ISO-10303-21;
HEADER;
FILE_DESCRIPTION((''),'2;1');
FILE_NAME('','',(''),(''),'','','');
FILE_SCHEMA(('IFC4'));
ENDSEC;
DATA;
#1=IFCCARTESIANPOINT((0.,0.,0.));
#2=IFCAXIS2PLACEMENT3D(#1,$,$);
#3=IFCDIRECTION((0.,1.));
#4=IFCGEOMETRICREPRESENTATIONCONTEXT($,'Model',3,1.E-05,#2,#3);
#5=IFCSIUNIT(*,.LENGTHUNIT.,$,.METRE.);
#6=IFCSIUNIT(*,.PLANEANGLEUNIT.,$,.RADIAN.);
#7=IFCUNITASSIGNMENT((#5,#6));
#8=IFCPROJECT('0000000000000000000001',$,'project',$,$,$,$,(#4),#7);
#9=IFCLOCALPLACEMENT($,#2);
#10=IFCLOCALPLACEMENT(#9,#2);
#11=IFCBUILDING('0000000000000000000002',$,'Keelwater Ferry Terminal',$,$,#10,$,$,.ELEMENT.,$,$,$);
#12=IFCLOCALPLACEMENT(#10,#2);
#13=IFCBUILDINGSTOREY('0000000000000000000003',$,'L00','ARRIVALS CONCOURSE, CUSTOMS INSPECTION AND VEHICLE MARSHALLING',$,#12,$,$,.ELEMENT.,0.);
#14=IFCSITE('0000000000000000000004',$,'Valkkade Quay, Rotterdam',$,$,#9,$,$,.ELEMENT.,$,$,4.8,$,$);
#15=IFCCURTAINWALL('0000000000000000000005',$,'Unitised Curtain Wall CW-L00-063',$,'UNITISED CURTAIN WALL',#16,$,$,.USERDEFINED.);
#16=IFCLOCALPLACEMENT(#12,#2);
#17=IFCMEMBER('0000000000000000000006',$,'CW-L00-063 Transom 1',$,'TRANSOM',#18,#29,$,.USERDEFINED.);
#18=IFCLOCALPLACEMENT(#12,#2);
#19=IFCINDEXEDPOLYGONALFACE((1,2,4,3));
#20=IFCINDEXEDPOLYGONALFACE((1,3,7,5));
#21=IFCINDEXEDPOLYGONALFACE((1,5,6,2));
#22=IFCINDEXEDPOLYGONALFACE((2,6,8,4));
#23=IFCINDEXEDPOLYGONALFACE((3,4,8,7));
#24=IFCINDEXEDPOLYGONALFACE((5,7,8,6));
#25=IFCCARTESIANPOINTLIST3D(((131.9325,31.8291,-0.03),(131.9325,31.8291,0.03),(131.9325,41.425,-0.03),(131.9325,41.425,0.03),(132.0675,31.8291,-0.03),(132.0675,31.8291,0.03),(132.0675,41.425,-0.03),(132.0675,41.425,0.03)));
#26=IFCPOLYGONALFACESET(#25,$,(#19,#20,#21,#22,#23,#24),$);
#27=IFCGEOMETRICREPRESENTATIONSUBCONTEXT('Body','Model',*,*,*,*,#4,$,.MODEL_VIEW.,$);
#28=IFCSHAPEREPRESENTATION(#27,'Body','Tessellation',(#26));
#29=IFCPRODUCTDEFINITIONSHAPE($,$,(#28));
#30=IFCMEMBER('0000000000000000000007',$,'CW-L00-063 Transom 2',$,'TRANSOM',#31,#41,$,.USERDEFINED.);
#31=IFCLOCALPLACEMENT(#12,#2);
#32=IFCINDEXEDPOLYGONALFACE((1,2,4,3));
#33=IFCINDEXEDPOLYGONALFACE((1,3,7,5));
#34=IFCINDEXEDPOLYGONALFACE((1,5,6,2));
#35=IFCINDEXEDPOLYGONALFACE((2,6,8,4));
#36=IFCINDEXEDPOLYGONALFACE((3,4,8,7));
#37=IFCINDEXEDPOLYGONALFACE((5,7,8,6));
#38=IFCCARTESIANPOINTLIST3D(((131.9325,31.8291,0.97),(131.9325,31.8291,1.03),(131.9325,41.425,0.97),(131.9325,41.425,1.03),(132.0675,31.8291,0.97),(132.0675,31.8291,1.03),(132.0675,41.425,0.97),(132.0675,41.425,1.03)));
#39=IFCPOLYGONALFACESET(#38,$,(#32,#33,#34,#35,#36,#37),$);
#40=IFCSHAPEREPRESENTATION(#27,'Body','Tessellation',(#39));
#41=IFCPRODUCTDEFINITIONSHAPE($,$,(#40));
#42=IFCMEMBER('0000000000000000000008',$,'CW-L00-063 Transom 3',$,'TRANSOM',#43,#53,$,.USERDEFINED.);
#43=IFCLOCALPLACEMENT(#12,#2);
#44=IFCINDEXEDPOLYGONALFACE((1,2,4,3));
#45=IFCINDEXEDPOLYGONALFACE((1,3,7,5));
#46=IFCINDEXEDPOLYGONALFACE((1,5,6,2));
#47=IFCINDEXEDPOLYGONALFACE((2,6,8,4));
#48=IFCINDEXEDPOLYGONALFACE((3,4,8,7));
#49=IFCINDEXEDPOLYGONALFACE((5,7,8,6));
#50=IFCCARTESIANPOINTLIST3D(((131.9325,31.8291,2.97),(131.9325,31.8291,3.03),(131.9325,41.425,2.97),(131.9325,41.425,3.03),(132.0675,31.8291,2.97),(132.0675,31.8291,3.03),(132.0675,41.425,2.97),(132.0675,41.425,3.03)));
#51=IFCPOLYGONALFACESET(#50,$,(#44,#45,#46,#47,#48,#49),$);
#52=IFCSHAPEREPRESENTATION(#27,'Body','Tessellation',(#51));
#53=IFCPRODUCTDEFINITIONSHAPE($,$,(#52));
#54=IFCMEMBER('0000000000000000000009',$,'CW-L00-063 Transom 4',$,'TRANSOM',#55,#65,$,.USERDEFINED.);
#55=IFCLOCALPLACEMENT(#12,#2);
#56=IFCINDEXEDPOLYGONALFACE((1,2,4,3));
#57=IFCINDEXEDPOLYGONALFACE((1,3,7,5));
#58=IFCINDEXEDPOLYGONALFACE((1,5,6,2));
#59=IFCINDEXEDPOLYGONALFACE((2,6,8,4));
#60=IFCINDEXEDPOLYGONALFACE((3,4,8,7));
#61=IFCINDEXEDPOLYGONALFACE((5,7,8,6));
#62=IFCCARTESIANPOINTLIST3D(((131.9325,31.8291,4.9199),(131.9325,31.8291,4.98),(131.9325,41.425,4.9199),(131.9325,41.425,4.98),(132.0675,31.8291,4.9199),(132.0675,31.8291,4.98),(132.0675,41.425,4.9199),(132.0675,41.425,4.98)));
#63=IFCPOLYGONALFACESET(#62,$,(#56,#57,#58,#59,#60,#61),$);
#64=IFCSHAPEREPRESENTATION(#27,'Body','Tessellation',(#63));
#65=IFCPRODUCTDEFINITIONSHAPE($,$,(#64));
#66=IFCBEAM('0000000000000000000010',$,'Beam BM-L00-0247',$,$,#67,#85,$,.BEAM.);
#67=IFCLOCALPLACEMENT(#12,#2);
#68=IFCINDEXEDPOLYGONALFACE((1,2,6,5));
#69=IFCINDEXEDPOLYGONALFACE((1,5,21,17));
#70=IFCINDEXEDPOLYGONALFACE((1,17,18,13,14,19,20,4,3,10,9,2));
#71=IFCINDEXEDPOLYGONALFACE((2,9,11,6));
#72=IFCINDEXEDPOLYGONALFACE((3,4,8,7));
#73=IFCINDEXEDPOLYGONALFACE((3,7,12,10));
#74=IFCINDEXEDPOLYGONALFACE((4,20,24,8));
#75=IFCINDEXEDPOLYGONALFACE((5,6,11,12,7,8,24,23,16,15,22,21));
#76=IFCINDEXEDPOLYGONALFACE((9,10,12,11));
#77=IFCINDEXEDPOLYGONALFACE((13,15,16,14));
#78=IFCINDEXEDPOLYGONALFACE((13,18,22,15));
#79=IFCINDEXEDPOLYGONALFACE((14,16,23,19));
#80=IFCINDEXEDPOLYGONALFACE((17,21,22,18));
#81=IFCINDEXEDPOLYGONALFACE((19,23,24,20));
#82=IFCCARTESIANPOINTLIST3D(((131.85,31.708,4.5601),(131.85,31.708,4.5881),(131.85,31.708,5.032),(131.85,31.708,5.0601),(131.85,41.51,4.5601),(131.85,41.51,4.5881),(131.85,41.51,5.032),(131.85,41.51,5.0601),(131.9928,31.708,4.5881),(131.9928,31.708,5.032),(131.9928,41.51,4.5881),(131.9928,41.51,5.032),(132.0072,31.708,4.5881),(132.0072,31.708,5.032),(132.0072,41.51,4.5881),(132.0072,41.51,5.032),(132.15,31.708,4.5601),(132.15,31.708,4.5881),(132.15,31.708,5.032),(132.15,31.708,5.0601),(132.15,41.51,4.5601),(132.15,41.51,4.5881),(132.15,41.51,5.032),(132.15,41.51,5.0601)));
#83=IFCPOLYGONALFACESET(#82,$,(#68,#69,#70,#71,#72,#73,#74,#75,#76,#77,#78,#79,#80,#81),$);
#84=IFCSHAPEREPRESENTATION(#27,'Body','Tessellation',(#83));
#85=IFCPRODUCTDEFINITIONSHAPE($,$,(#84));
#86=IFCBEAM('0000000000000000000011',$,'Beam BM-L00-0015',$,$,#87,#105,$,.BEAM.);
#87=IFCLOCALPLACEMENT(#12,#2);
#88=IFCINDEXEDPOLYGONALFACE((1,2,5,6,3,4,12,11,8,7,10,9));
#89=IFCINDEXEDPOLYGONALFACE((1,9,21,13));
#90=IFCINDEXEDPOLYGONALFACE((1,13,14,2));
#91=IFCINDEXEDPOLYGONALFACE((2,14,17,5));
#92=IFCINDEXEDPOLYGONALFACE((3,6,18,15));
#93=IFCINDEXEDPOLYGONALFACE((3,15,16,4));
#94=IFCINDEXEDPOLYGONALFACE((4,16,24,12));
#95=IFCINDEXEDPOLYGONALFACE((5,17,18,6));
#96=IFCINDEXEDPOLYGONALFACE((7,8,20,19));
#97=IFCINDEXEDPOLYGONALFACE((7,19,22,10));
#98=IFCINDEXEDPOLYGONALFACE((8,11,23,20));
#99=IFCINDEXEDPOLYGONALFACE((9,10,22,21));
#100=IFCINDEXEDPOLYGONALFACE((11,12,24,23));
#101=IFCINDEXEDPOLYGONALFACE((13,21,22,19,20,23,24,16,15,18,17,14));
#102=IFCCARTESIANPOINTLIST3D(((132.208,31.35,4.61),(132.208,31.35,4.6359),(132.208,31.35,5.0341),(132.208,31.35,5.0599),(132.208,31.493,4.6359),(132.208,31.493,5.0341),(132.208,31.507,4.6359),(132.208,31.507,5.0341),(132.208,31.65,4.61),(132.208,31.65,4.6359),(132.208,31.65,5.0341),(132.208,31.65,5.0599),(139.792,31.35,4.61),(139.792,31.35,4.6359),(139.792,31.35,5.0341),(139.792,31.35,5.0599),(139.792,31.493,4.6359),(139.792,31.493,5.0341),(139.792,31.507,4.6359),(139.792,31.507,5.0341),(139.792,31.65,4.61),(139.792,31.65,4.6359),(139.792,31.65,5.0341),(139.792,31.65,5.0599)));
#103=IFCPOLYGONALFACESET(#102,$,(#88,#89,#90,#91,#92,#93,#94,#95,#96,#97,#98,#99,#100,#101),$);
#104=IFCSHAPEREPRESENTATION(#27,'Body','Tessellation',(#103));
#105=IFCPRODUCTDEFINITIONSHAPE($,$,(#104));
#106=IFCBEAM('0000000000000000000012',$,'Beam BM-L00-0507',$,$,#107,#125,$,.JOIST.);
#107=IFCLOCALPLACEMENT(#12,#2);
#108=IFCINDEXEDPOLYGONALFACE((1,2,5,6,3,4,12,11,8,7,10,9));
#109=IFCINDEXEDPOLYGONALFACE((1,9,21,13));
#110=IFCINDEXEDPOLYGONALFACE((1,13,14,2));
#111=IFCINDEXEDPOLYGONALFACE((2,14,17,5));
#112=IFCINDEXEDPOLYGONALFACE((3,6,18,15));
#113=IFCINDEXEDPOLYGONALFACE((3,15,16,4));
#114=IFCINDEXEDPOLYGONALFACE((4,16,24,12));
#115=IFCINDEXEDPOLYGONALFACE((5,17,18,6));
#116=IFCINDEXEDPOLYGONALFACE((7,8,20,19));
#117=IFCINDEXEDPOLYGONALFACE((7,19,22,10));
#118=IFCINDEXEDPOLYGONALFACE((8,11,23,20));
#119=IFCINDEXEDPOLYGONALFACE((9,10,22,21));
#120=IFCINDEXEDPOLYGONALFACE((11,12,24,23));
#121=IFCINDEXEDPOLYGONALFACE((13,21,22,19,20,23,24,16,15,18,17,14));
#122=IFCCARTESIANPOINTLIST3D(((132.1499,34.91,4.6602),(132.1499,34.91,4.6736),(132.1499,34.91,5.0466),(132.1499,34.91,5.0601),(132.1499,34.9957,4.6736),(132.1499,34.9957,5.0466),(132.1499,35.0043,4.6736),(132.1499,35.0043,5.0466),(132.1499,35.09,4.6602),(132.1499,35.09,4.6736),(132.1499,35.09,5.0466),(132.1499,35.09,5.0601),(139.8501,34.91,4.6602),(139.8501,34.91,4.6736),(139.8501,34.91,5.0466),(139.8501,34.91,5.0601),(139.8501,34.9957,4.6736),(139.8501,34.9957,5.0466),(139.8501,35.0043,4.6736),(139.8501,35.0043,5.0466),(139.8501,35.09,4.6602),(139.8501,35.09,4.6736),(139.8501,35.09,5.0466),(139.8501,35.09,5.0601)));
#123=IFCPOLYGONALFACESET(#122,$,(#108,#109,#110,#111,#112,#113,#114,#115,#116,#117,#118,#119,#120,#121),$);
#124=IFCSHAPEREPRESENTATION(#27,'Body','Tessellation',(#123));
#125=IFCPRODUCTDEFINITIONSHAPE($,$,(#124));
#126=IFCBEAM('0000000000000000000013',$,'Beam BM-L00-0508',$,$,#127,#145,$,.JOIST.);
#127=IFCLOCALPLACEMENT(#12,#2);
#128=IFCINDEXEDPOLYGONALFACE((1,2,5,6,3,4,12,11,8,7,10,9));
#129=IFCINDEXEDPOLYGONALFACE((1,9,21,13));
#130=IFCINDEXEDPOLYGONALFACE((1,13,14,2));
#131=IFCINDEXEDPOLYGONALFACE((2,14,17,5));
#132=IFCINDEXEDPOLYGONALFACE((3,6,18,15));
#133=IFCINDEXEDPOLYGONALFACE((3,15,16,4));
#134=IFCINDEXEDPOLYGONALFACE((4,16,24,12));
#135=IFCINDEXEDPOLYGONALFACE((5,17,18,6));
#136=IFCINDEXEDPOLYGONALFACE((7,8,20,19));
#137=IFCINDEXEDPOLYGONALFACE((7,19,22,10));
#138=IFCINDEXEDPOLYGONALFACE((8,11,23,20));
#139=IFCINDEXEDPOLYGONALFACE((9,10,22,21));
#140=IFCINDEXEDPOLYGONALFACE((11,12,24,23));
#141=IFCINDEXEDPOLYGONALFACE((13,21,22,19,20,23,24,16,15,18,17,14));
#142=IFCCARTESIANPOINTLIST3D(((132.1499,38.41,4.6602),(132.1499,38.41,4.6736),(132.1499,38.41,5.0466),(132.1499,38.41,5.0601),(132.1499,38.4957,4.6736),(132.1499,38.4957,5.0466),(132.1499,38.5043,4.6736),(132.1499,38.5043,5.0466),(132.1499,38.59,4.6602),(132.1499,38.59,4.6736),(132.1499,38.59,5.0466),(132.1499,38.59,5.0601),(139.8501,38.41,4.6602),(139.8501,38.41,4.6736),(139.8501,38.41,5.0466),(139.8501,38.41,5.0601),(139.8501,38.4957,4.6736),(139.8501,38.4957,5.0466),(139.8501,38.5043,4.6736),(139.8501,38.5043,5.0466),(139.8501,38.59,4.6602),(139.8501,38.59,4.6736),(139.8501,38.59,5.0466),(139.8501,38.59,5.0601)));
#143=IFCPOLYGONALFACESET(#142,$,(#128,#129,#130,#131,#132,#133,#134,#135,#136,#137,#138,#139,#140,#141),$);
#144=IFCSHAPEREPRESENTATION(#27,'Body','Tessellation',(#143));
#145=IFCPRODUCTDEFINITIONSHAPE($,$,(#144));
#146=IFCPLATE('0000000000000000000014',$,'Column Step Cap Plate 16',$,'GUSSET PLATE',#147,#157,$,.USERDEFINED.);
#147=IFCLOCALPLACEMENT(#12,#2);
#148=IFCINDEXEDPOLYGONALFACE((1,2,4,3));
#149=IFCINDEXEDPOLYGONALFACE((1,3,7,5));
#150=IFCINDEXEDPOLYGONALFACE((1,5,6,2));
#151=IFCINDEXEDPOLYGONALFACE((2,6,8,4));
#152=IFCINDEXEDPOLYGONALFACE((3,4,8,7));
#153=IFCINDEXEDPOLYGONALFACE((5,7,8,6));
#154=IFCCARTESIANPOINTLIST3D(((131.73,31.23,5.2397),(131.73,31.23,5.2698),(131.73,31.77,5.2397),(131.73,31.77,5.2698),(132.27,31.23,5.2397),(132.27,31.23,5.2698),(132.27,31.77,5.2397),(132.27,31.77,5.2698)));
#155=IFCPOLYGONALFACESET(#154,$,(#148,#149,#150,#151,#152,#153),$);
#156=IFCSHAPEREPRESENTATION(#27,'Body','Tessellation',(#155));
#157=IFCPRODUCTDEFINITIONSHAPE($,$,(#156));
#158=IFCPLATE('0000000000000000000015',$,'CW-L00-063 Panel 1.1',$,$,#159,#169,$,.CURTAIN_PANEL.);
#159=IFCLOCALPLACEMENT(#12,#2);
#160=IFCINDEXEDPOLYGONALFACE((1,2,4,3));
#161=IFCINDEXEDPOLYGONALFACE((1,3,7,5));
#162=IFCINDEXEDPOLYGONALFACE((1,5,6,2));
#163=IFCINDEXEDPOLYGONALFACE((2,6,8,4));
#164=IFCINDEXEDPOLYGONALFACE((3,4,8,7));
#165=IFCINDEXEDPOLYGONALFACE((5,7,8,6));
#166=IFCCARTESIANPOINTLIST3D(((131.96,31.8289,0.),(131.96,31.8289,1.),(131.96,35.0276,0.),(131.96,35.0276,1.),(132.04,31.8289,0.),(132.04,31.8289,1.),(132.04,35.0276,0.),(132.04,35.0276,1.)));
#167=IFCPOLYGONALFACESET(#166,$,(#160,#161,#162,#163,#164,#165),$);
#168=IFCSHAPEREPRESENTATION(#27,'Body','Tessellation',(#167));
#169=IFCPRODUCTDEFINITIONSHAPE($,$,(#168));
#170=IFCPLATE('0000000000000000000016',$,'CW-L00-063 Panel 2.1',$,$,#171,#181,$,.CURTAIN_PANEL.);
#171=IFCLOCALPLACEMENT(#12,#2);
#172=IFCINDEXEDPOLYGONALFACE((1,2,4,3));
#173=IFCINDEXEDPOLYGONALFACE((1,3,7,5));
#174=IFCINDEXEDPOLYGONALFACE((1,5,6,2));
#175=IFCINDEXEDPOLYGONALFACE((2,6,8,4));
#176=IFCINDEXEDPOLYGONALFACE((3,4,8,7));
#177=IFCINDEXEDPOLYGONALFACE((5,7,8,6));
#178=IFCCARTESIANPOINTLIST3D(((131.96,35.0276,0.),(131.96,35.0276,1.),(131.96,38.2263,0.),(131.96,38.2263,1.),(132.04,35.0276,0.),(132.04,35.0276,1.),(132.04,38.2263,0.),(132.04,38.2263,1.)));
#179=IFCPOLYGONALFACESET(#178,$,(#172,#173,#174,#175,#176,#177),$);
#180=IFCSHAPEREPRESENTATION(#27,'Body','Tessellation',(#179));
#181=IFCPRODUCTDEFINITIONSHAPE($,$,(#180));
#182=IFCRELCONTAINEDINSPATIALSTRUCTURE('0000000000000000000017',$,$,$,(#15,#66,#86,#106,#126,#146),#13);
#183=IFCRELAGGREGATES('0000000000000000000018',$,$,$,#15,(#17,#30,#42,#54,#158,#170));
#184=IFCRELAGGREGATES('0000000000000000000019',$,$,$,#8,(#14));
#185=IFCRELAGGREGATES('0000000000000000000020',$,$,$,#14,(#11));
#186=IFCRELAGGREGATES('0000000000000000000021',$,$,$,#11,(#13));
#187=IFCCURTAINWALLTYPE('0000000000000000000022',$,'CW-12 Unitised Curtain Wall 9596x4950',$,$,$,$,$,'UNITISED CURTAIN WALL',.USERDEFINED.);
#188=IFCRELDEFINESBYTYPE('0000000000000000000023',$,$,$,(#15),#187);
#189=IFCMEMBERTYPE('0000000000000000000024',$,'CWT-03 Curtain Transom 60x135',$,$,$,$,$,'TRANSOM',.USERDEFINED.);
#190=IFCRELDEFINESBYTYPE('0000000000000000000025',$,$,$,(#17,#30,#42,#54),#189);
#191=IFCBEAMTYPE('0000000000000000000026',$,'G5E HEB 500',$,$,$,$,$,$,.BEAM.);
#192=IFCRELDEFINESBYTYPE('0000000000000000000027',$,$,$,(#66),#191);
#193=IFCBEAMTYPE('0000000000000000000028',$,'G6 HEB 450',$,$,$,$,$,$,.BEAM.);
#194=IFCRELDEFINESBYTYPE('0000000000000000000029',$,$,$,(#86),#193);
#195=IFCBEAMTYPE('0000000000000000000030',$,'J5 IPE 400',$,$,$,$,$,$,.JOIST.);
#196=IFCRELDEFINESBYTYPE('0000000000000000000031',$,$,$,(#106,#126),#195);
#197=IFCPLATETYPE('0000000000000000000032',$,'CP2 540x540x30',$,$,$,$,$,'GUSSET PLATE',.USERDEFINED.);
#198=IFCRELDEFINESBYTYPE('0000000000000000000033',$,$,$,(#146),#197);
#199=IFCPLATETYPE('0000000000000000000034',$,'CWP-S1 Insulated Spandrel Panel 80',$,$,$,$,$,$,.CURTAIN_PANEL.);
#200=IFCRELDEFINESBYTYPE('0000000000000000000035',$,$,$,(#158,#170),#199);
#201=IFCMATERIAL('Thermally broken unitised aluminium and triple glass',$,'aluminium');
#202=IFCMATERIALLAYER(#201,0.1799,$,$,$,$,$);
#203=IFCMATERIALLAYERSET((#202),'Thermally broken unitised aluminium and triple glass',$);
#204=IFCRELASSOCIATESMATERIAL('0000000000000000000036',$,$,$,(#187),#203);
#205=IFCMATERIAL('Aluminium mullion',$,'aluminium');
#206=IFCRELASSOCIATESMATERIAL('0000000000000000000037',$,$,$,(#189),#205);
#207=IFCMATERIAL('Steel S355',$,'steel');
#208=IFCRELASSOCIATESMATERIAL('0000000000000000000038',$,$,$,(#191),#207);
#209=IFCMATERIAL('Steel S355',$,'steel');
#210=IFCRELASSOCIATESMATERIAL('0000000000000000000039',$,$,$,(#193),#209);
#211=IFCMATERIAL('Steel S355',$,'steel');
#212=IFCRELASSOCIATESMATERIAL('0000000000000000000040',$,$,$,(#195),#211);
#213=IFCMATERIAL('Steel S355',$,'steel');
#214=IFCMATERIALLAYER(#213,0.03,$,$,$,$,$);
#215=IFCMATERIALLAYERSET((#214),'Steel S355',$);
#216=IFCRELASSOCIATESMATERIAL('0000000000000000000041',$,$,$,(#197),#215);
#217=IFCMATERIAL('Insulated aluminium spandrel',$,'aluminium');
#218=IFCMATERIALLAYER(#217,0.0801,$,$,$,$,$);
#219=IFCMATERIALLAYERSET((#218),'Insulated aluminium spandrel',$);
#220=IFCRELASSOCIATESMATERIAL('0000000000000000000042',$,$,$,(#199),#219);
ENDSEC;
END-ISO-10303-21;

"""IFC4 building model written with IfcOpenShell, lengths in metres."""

from ifc_helpers import new_model, si_unit, direction, frame, origin, origin_2d, place, context, subcontext, project, spatial, rectangle, i_section, extrude, material, layer, layer_set, material_profile, profile_set, type_object, element, aggregate, save


model = new_model("IFC4")

# Units and contexts
model_context = context("Model", 3, precision=1e-05, world=origin(), true_north=direction((0.0, 1.0)))
body_context = subcontext(model_context, "Body", "Model", "MODEL_VIEW")
ifc_project = project(units=[si_unit("LENGTHUNIT", "METRE"), si_unit("PLANEANGLEUNIT", "RADIAN")], contexts=[model_context])

# Site, building, storey
site_placement = place(None, origin())
site = spatial("IfcSite", under=ifc_project, at=site_placement, Name="Valkkade Quay, Rotterdam", CompositionType="ELEMENT", RefElevation=4.8)
building_placement = place(site_placement, origin())
building = spatial("IfcBuilding", under=site, at=building_placement, Name="Keelwater Ferry Terminal", CompositionType="ELEMENT")
storey_placement = place(building_placement, origin())
storey = spatial("IfcBuildingStorey", under=building, at=storey_placement, Name="L00", Description="ARRIVALS CONCOURSE, CUSTOMS INSPECTION AND VEHICLE MARSHALLING", CompositionType="ELEMENT", Elevation=0.0)

# Curtain wall, members
ifc_material_1 = material(Name="Thermally broken unitised aluminium and triple glass", Category="aluminium")
ifc_layer_1 = layer(ifc_material_1, 0.1799)
ifc_layer_set_1 = layer_set([ifc_layer_1], Name="Thermally broken unitised aluminium and triple glass")
curtain_wall_type_1 = type_object("IfcCurtainWallType", Name="CW-12 Unitised Curtain Wall 9596x4950", ElementType="UNITISED CURTAIN WALL", PredefinedType="USERDEFINED", material=ifc_layer_set_1)
curtain_wall_1_placement = place(storey_placement, origin())
curtain_wall_1 = element("IfcCurtainWall", 1, at=curtain_wall_1_placement, inside=storey, type_object=curtain_wall_type_1, Name="Unitised Curtain Wall CW-L00-063", ObjectType="UNITISED CURTAIN WALL", PredefinedType="USERDEFINED")
ifc_material_2 = material(Name="Aluminium mullion", Category="aluminium")
ifc_material_profile_1 = material_profile(ifc_material_2, rectangle(XDim=0.135, YDim=0.0601, at=origin_2d()), Name="CWT-03")
ifc_profile_set_1 = profile_set([ifc_material_profile_1], Name="Aluminium mullion")
member_type_1 = type_object("IfcMemberType", Name="CWT-03 Curtain Transom 60x135", ElementType="TRANSOM", PredefinedType="USERDEFINED", material=ifc_profile_set_1)
member_1_placement = place(storey_placement, frame((132.0, 31.8291, 0.0), z_axis=(0.0, 1.0, 0.0), x_axis=(-1.0, 0.0, 0.0)))
member_1 = element("IfcMember", 2, at=member_1_placement, type_object=member_type_1, Name="CW-L00-063 Transom 1", ObjectType="TRANSOM", PredefinedType="USERDEFINED", context=body_context, shape_type="SweptSolid", body=[
    extrude(rectangle(XDim=0.135, YDim=0.0601, at=origin_2d()), origin(), (0.0, 0.0, 1.0), 9.5959),
])
member_2_placement = place(storey_placement, frame((132.0, 31.8291, 1.0), z_axis=(0.0, 1.0, 0.0), x_axis=(-1.0, 0.0, 0.0)))
member_2 = element("IfcMember", 3, at=member_2_placement, type_object=member_type_1, Name="CW-L00-063 Transom 2", ObjectType="TRANSOM", PredefinedType="USERDEFINED", context=body_context, shape_type="SweptSolid", body=[
    extrude(rectangle(XDim=0.135, YDim=0.0601, at=origin_2d()), origin(), (0.0, 0.0, 1.0), 9.5959),
])
member_3_placement = place(storey_placement, frame((132.0, 31.8291, 3.0), z_axis=(0.0, 1.0, 0.0), x_axis=(-1.0, 0.0, 0.0)))
member_3 = element("IfcMember", 4, at=member_3_placement, type_object=member_type_1, Name="CW-L00-063 Transom 3", ObjectType="TRANSOM", PredefinedType="USERDEFINED", context=body_context, shape_type="SweptSolid", body=[
    extrude(rectangle(XDim=0.135, YDim=0.0601, at=origin_2d()), origin(), (0.0, 0.0, 1.0), 9.5959),
])
member_4_placement = place(storey_placement, frame((132.0, 31.8291, 4.95), z_axis=(0.0, 1.0, 0.0), x_axis=(-1.0, 0.0, 0.0)))
member_4 = element("IfcMember", 5, at=member_4_placement, type_object=member_type_1, Name="CW-L00-063 Transom 4", ObjectType="TRANSOM", PredefinedType="USERDEFINED", context=body_context, shape_type="SweptSolid", body=[
    extrude(rectangle(XDim=0.135, YDim=0.0601, at=origin_2d()), origin(), (0.0, 0.0, 1.0), 9.5959),
])

# Beams
ifc_material_3 = material(Name="Steel S355", Category="steel")
ifc_material_profile_2 = material_profile(ifc_material_3, i_section(OverallWidth=0.3, OverallDepth=0.5, WebThickness=0.0144, FlangeThickness=0.0281, at=origin_2d()), Name="HEB 500")
ifc_profile_set_2 = profile_set([ifc_material_profile_2], Name="Steel S355")
beam_type_1 = type_object("IfcBeamType", Name="G5E HEB 500", PredefinedType="BEAM", material=ifc_profile_set_2)
beam_1_placement = place(storey_placement, frame((132.0, 31.708, 4.8101), z_axis=(0.0, 1.0, 0.0), x_axis=(-1.0, 0.0, 0.0)))
element("IfcBeam", 6, at=beam_1_placement, inside=storey, type_object=beam_type_1, Name="Beam BM-L00-0247", PredefinedType="BEAM", context=body_context, shape_type="SweptSolid", body=[
    extrude(i_section(OverallWidth=0.3, OverallDepth=0.5, WebThickness=0.0144, FlangeThickness=0.0281, at=origin_2d()), origin(), (0.0, 0.0, 1.0), 9.802),
])
ifc_material_4 = material(Name="Steel S355", Category="steel")
ifc_material_profile_3 = material_profile(ifc_material_4, i_section(OverallWidth=0.3, OverallDepth=0.45, WebThickness=0.0139, FlangeThickness=0.0259, at=origin_2d()), Name="HEB 450")
ifc_profile_set_3 = profile_set([ifc_material_profile_3], Name="Steel S355")
beam_type_2 = type_object("IfcBeamType", Name="G6 HEB 450", PredefinedType="BEAM", material=ifc_profile_set_3)
beam_2_placement = place(storey_placement, frame((132.208, 31.5, 4.835), z_axis=(1.0, 0.0, 0.0), x_axis=(0.0, 1.0, 0.0)))
element("IfcBeam", 7, at=beam_2_placement, inside=storey, type_object=beam_type_2, Name="Beam BM-L00-0015", PredefinedType="BEAM", context=body_context, shape_type="SweptSolid", body=[
    extrude(i_section(OverallWidth=0.3, OverallDepth=0.45, WebThickness=0.0139, FlangeThickness=0.0259, at=origin_2d()), origin(), (0.0, 0.0, 1.0), 7.584),
])
ifc_material_5 = material(Name="Steel S355", Category="steel")
ifc_material_profile_4 = material_profile(ifc_material_5, i_section(OverallWidth=0.1799, OverallDepth=0.3999, WebThickness=0.0085, FlangeThickness=0.0134, at=origin_2d()), Name="IPE 400")
ifc_profile_set_4 = profile_set([ifc_material_profile_4], Name="Steel S355")
beam_type_3 = type_object("IfcBeamType", Name="J5 IPE 400", PredefinedType="JOIST", material=ifc_profile_set_4)
for number, where, z_axis, x_axis, name in (
    (8, (132.1499, 35.0, 4.8601), (1.0, 0.0, 0.0), (0.0, 1.0, 0.0), "Beam BM-L00-0507"),
    (9, (132.1499, 38.5, 4.8601), (1.0, 0.0, 0.0), (0.0, 1.0, 0.0), "Beam BM-L00-0508"),
):
    element("IfcBeam", number, at=place(storey_placement, frame(where, z_axis=z_axis, x_axis=x_axis)), inside=storey, type_object=beam_type_3, Name=name, PredefinedType="JOIST", context=body_context, shape_type="SweptSolid", body=[
        extrude(i_section(OverallWidth=0.1799, OverallDepth=0.3999, WebThickness=0.0085, FlangeThickness=0.0134, at=origin_2d()), origin(), (0.0, 0.0, 1.0), 7.7002),
    ])

# Plates
ifc_material_6 = material(Name="Steel S355", Category="steel")
ifc_layer_2 = layer(ifc_material_6, 0.03)
ifc_layer_set_2 = layer_set([ifc_layer_2], Name="Steel S355")
plate_type_1 = type_object("IfcPlateType", Name="CP2 540x540x30", ElementType="GUSSET PLATE", PredefinedType="USERDEFINED", material=ifc_layer_set_2)
plate_1_placement = place(storey_placement, frame((132.0, 31.5, 5.2397), z_axis=(0.0, 0.0, 1.0), x_axis=(1.0, 0.0, 0.0)))
element("IfcPlate", 10, at=plate_1_placement, inside=storey, type_object=plate_type_1, Name="Column Step Cap Plate 16", ObjectType="GUSSET PLATE", PredefinedType="USERDEFINED", context=body_context, shape_type="SweptSolid", body=[
    extrude(rectangle(XDim=0.54, YDim=0.54, at=origin_2d()), origin(), (0.0, 0.0, 1.0), 0.03),
])
ifc_material_7 = material(Name="Insulated aluminium spandrel", Category="aluminium")
ifc_layer_3 = layer(ifc_material_7, 0.0801)
ifc_layer_set_3 = layer_set([ifc_layer_3], Name="Insulated aluminium spandrel")
plate_type_2 = type_object("IfcPlateType", Name="CWP-S1 Insulated Spandrel Panel 80", PredefinedType="CURTAIN_PANEL", material=ifc_layer_set_3)
plate_2_placement = place(storey_placement, frame((132.0, 33.4282, 0.0), z_axis=(0.0, 0.0, 1.0), x_axis=(0.0, 1.0, 0.0)))
plate_2 = element("IfcPlate", 11, at=plate_2_placement, type_object=plate_type_2, Name="CW-L00-063 Panel 1.1", PredefinedType="CURTAIN_PANEL", context=body_context, shape_type="SweptSolid", body=[
    extrude(rectangle(XDim=3.1987, YDim=0.0801, at=origin_2d()), origin(), (0.0, 0.0, 1.0), 1.0),
])
plate_3_placement = place(storey_placement, frame((132.0, 36.627, 0.0), z_axis=(0.0, 0.0, 1.0), x_axis=(0.0, 1.0, 0.0)))
plate_3 = element("IfcPlate", 12, at=plate_3_placement, type_object=plate_type_2, Name="CW-L00-063 Panel 2.1", PredefinedType="CURTAIN_PANEL", context=body_context, shape_type="SweptSolid", body=[
    extrude(rectangle(XDim=3.1987, YDim=0.0801, at=origin_2d()), origin(), (0.0, 0.0, 1.0), 1.0),
])
aggregate(curtain_wall_1, [member_1, member_2, member_3, member_4, plate_2, plate_3])

save(model, "model.ifc")
